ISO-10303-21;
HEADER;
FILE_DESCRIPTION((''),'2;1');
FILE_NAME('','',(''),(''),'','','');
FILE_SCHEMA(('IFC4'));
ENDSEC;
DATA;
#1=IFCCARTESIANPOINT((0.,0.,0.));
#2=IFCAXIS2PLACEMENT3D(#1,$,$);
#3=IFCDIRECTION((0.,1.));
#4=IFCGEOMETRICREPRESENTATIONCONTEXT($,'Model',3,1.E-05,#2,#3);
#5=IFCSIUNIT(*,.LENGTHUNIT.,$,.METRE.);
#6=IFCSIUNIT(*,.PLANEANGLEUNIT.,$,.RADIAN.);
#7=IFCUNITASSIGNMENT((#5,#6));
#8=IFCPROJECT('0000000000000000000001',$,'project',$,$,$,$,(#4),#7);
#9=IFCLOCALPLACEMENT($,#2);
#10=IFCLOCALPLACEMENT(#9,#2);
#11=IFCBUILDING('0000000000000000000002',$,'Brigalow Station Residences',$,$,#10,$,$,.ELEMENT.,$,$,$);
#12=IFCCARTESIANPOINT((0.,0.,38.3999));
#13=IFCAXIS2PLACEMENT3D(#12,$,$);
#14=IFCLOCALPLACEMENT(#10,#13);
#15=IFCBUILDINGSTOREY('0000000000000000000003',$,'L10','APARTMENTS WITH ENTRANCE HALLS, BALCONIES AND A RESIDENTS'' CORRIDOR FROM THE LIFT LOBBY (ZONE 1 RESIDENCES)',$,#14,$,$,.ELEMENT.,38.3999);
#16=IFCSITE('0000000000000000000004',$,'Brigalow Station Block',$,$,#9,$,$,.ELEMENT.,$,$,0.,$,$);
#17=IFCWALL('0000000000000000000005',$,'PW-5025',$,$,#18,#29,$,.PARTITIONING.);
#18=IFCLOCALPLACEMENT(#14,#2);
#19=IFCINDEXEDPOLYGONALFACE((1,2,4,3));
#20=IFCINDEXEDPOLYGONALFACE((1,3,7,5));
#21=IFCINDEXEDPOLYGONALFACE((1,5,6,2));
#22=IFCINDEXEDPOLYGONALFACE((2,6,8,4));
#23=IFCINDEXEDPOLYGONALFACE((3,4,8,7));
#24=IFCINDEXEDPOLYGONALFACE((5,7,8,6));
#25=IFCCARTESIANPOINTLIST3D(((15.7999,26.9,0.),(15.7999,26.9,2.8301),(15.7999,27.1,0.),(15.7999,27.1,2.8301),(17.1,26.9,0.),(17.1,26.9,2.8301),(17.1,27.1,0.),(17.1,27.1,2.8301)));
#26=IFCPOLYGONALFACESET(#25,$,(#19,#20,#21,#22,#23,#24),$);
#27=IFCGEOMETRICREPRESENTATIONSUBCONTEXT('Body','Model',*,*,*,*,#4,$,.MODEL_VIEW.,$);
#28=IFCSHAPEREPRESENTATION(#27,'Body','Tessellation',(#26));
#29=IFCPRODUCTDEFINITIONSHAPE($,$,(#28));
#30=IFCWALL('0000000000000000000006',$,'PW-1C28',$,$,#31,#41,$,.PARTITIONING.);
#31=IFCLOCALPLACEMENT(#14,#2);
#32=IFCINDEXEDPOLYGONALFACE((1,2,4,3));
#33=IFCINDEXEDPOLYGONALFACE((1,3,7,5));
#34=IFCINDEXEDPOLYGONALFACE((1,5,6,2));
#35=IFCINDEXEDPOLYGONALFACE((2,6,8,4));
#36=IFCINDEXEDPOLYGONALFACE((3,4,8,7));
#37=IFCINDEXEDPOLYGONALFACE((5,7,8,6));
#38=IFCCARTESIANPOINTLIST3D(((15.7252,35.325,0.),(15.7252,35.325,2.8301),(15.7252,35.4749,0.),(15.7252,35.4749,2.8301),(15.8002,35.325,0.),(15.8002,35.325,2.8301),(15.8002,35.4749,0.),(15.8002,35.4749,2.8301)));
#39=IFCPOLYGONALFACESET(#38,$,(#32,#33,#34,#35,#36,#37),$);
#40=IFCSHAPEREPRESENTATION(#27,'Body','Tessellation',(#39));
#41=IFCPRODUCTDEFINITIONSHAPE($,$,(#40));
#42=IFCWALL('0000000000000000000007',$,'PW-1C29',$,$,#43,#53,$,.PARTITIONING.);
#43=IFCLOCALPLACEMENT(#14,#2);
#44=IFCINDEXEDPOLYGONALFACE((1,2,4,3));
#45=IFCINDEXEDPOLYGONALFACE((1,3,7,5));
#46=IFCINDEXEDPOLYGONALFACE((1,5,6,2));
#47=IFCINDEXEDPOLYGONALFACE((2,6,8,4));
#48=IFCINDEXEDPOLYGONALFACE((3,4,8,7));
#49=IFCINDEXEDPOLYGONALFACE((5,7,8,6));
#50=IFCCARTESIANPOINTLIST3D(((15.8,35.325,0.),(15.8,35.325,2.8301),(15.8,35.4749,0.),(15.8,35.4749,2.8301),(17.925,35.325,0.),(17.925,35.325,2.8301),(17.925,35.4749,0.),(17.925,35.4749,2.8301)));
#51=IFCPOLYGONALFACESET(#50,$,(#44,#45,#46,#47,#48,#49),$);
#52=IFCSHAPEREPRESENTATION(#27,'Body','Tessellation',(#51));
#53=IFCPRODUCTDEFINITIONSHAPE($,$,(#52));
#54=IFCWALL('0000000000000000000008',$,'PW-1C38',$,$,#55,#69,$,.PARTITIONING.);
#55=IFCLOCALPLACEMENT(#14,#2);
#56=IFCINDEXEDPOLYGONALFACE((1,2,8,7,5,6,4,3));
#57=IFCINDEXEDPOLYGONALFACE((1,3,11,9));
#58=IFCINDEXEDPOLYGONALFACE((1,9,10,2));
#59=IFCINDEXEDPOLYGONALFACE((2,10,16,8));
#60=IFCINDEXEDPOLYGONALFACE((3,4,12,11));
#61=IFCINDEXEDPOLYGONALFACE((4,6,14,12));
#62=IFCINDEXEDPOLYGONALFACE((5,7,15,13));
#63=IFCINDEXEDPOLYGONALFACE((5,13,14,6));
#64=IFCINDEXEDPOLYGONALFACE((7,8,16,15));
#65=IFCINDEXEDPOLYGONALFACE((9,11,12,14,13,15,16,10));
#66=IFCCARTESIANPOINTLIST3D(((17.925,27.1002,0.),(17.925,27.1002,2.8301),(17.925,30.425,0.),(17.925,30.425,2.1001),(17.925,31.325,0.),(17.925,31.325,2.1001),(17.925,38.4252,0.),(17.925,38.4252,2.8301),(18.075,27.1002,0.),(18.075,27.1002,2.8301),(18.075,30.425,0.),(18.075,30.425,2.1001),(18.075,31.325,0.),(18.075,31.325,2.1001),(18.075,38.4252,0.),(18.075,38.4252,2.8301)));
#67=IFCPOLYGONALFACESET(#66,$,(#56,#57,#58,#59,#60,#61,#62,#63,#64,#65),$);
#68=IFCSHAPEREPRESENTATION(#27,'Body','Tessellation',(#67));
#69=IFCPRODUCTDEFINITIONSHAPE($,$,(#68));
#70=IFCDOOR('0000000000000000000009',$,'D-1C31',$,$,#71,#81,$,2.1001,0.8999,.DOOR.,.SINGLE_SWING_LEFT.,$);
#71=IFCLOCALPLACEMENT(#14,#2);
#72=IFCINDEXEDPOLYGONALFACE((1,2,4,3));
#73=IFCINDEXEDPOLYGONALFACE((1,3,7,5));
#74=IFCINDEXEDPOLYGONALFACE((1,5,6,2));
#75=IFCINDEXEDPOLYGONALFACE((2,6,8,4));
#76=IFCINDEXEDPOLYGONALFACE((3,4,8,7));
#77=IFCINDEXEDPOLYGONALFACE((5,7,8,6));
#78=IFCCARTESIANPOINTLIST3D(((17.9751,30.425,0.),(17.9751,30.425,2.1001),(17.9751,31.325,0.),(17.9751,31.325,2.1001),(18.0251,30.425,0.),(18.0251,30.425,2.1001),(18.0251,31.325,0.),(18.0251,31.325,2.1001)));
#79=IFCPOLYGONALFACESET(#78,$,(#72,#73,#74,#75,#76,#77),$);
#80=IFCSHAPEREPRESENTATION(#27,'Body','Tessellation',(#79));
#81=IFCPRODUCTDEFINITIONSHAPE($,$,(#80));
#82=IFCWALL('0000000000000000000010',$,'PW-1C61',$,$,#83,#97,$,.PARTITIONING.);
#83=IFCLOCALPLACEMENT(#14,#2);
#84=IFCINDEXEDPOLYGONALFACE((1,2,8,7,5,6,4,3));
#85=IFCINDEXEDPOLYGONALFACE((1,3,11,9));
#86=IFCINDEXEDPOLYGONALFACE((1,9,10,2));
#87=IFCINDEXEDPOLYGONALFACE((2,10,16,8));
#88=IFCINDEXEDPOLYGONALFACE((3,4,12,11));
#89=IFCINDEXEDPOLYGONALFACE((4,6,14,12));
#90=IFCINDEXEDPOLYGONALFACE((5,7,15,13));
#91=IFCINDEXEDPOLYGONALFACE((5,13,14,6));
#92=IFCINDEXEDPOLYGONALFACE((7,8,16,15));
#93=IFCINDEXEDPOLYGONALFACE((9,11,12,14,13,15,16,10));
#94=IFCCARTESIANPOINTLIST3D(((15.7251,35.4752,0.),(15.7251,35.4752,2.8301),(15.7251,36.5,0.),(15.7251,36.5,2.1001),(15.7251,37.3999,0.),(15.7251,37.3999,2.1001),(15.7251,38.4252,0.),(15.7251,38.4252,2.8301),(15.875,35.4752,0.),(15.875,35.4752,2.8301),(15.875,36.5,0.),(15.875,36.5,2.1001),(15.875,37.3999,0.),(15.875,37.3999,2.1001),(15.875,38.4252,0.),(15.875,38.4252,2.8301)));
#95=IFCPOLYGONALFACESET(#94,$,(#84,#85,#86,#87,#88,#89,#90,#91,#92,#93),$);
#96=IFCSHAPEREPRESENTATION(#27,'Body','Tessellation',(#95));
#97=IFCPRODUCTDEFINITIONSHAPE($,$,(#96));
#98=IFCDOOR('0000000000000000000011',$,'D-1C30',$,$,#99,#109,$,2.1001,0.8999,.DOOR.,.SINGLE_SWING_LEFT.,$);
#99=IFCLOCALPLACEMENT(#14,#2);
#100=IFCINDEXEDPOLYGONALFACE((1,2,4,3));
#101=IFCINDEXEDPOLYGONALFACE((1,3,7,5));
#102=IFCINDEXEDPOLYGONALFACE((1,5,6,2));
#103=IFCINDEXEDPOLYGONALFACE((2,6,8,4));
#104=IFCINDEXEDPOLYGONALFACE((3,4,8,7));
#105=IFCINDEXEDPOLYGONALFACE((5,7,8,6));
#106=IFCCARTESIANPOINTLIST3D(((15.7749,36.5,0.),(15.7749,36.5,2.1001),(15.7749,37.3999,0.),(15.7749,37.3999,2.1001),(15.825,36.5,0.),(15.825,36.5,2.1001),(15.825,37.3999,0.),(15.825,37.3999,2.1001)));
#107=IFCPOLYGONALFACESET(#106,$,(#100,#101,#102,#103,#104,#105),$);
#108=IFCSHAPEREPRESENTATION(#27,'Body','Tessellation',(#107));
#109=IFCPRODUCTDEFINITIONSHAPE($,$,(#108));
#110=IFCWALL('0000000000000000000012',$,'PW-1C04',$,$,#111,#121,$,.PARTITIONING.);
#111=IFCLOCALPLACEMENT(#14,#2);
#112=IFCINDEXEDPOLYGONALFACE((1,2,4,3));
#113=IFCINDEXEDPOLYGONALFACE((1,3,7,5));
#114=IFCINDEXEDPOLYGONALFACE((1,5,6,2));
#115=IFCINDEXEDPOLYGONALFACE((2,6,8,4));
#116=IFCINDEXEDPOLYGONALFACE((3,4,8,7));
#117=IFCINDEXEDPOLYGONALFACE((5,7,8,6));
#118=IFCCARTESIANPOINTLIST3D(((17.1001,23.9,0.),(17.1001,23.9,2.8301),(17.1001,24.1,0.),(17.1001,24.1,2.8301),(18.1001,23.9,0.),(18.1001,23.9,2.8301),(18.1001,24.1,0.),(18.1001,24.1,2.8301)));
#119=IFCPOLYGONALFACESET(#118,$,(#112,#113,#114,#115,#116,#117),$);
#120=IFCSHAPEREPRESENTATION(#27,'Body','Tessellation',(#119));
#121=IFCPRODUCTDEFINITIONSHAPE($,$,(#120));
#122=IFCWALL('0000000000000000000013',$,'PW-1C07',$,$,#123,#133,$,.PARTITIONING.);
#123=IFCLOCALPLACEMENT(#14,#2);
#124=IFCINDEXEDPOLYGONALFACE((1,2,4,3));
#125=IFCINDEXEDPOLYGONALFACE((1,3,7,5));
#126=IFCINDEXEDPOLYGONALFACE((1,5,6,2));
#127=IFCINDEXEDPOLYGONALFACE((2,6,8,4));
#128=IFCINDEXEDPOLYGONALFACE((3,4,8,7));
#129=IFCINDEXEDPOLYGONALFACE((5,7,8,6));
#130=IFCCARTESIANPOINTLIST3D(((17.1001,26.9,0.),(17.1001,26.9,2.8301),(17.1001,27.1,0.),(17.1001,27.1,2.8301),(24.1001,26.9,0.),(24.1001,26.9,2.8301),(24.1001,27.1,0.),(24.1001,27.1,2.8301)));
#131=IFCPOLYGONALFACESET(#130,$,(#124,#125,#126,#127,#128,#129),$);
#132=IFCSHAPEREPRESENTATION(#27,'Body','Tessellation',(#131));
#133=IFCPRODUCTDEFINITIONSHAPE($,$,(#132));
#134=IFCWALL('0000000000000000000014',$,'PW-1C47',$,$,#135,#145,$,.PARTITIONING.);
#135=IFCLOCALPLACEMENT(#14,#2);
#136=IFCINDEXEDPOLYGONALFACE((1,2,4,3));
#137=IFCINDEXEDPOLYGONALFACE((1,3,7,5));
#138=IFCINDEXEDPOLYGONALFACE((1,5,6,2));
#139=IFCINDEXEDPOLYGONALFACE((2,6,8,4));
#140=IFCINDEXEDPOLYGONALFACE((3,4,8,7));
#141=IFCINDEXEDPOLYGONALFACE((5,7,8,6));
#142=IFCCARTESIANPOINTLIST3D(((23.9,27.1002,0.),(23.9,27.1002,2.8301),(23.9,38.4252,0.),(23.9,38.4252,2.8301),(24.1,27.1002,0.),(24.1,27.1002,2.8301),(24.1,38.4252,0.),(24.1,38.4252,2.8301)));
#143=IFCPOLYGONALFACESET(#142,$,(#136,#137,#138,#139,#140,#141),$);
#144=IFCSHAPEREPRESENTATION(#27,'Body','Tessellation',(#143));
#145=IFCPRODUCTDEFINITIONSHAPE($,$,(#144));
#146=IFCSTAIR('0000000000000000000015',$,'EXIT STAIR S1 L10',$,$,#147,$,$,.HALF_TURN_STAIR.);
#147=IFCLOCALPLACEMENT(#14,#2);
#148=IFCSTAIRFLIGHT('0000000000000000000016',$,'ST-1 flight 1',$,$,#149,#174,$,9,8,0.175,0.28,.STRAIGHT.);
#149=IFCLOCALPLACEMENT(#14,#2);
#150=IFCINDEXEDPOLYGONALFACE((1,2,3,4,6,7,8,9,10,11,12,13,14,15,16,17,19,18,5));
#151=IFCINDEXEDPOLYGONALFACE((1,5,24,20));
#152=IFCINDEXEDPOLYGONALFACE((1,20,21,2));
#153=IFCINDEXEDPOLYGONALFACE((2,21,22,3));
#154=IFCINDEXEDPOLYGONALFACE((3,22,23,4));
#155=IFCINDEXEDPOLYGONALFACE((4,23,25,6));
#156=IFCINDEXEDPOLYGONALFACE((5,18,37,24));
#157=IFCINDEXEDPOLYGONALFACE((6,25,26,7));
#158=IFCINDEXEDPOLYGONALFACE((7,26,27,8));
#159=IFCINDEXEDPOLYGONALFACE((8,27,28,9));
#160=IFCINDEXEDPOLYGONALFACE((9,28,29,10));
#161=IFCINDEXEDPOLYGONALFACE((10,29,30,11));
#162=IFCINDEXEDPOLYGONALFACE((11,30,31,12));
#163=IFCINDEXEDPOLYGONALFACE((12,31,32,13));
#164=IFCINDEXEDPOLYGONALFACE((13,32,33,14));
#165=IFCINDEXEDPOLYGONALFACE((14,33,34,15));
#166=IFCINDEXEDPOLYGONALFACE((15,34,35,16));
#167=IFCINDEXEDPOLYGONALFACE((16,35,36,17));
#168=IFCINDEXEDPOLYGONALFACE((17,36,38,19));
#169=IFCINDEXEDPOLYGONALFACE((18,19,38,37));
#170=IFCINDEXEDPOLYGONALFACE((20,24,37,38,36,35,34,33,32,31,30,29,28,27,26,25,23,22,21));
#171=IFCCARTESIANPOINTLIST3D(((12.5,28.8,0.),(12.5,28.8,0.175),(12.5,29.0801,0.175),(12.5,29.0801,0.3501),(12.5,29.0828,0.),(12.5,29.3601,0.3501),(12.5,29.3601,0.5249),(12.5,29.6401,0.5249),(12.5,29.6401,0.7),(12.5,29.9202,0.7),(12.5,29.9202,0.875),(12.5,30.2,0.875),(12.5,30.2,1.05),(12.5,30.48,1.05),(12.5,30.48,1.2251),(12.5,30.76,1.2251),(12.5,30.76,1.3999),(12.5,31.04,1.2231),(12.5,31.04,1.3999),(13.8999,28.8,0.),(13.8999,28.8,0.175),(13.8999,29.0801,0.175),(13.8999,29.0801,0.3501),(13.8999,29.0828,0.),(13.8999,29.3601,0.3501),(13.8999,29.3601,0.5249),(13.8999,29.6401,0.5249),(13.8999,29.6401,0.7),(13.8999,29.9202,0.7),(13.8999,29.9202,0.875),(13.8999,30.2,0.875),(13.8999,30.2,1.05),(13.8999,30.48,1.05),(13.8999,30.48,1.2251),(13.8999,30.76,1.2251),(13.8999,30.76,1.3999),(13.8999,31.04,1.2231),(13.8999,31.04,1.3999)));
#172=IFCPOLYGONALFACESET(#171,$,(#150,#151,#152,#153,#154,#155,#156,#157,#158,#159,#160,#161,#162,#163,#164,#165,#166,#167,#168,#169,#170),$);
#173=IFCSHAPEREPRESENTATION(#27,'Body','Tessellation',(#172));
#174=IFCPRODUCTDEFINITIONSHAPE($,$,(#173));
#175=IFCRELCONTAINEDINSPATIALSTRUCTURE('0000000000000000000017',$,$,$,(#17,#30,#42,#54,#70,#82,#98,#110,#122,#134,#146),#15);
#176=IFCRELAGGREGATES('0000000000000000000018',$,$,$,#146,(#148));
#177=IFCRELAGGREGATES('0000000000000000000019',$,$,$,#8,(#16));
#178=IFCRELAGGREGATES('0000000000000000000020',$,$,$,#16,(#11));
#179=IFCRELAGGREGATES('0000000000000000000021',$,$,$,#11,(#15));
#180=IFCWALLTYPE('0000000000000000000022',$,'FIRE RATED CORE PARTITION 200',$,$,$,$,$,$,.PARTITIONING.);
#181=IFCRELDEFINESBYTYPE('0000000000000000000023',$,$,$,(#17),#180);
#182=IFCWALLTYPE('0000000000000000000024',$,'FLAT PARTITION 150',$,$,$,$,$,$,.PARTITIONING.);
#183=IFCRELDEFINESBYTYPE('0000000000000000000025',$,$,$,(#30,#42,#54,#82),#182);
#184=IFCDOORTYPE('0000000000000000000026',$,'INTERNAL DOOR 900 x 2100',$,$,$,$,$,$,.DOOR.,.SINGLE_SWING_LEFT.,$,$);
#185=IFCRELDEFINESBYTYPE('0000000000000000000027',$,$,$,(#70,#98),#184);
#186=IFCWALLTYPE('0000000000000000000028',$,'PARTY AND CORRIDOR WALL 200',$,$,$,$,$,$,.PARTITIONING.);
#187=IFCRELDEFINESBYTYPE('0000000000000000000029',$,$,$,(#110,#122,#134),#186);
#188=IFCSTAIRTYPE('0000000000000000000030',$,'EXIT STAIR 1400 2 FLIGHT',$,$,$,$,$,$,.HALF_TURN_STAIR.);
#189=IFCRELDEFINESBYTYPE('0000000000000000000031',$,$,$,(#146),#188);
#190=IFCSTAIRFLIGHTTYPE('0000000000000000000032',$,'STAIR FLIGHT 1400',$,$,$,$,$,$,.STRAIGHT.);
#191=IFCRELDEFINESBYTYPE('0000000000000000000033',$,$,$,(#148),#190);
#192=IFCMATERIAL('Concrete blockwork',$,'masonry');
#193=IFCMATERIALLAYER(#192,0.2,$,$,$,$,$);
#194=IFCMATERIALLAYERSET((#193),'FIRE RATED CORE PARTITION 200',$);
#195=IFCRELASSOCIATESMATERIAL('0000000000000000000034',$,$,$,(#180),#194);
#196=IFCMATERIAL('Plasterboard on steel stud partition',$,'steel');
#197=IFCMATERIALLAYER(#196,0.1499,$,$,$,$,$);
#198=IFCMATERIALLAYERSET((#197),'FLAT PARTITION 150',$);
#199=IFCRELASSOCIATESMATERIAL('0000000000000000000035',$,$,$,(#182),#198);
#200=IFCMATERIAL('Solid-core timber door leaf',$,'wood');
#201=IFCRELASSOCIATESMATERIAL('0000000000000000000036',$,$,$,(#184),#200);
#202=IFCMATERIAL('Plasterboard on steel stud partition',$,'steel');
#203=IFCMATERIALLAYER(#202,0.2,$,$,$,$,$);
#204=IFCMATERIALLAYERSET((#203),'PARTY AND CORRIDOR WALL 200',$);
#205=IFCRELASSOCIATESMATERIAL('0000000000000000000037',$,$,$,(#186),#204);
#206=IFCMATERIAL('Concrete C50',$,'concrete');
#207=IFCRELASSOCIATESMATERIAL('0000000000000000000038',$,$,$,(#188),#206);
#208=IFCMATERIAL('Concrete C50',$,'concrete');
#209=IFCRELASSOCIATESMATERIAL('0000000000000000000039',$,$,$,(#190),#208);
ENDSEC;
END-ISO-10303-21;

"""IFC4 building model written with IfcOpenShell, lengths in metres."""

from ifc_helpers import new_model, si_unit, direction, frame, frame_2d, origin, place, context, subcontext, project, spatial, polyline, rectangle, outline, extrude, material, layer, layer_set, type_object, element, fill, aggregate, save


model = new_model("IFC4")

# Units and contexts
model_context = context("Model", 3, precision=1e-05, world=origin(), true_north=direction((0.0, 1.0)))
body_context = subcontext(model_context, "Body", "Model", "MODEL_VIEW")
ifc_project = project(units=[si_unit("LENGTHUNIT", "METRE"), si_unit("PLANEANGLEUNIT", "RADIAN")], contexts=[model_context])

# Site, building, storey
site_placement = place(None, origin())
site = spatial("IfcSite", under=ifc_project, at=site_placement, Name="Brigalow Station Block", CompositionType="ELEMENT", RefElevation=0.0)
building_placement = place(site_placement, origin())
building = spatial("IfcBuilding", under=site, at=building_placement, Name="Brigalow Station Residences", CompositionType="ELEMENT")
storey_placement = place(building_placement, frame((0.0, 0.0, 38.3999)))
storey = spatial("IfcBuildingStorey", under=building, at=storey_placement, Name="L10", Description="APARTMENTS WITH ENTRANCE HALLS, BALCONIES AND A RESIDENTS' CORRIDOR FROM THE LIFT LOBBY (ZONE 1 RESIDENCES)", CompositionType="ELEMENT", Elevation=38.3999)

# Walls
ifc_material_1 = material(Name="Concrete blockwork", Category="masonry")
ifc_layer_1 = layer(ifc_material_1, 0.2)
ifc_layer_set_1 = layer_set([ifc_layer_1], Name="FIRE RATED CORE PARTITION 200")
wall_type_1 = type_object("IfcWallType", Name="FIRE RATED CORE PARTITION 200", PredefinedType="PARTITIONING", material=ifc_layer_set_1)
wall_1_placement = place(storey_placement, frame((15.8, 27.0, 0.0), z_axis=(0.0, 0.0, 1.0), x_axis=(1.0, 0.0, 0.0)))
element("IfcWall", 1, at=wall_1_placement, inside=storey, type_object=wall_type_1, Name="PW-5025", PredefinedType="PARTITIONING", context=body_context, shape_type="SweptSolid", body=[
    extrude(rectangle(XDim=1.3, YDim=0.2, at=frame_2d((0.6499, 0.0))), origin(), (0.0, 0.0, 1.0), 2.8301),
])
ifc_material_2 = material(Name="Plasterboard on steel stud partition", Category="steel")
ifc_layer_2 = layer(ifc_material_2, 0.1499)
ifc_layer_set_2 = layer_set([ifc_layer_2], Name="FLAT PARTITION 150")
wall_type_2 = type_object("IfcWallType", Name="FLAT PARTITION 150", PredefinedType="PARTITIONING", material=ifc_layer_set_2)
wall_2_placement = place(storey_placement, frame((15.7251, 35.3999, 0.0), z_axis=(0.0, 0.0, 1.0), x_axis=(1.0, 0.0, 0.0)))
element("IfcWall", 2, at=wall_2_placement, inside=storey, type_object=wall_type_2, Name="PW-1C28", PredefinedType="PARTITIONING", context=body_context, shape_type="SweptSolid", body=[
    extrude(rectangle(XDim=0.075, YDim=0.1499, at=frame_2d((0.0376, 0.0))), origin(), (0.0, 0.0, 1.0), 2.8301),
])
wall_3_placement = place(storey_placement, frame((15.8, 35.3999, 0.0), z_axis=(0.0, 0.0, 1.0), x_axis=(1.0, 0.0, 0.0)))
element("IfcWall", 3, at=wall_3_placement, inside=storey, type_object=wall_type_2, Name="PW-1C29", PredefinedType="PARTITIONING", context=body_context, shape_type="SweptSolid", body=[
    extrude(rectangle(XDim=2.125, YDim=0.1499, at=frame_2d((1.0625, 0.0))), origin(), (0.0, 0.0, 1.0), 2.8301),
])

# Walls, openings, doors
wall_4_placement = place(storey_placement, frame((18.0, 27.1001, 0.0), z_axis=(0.0, 0.0, 1.0), x_axis=(0.0, 1.0, 0.0)))
wall_4 = element("IfcWall", 4, at=wall_4_placement, inside=storey, type_object=wall_type_2, Name="PW-1C38", PredefinedType="PARTITIONING", context=body_context, shape_type="SweptSolid", body=[
    extrude(rectangle(XDim=11.325, YDim=0.1499, at=frame_2d((5.6626, 0.0))), origin(), (0.0, 0.0, 1.0), 2.8301),
])
opening_1_placement = place(wall_4_placement, frame((3.325, 0.0, 0.0)))
opening_1 = element("IfcOpeningElement", 5, at=opening_1_placement, cuts=wall_4, PredefinedType="OPENING", context=body_context, shape_type="SweptSolid", body=[
    extrude(rectangle(XDim=0.8999, YDim=2.1001, at=frame_2d((0.45, 1.05))), frame((0.0, 0.085, 0.0), z_axis=(0.0, -1.0, 0.0), x_axis=(1.0, 0.0, 0.0)), (0.0, 0.0, 1.0), 0.1699),
])
ifc_material_3 = material(Name="Solid-core timber door leaf", Category="wood")
door_type = type_object("IfcDoorType", Name="INTERNAL DOOR 900 x 2100", OperationType="SINGLE_SWING_LEFT", PredefinedType="DOOR", material=ifc_material_3)
door_1_placement = place(opening_1_placement, origin())
door_1 = element("IfcDoor", 6, at=door_1_placement, inside=storey, type_object=door_type, Name="D-1C31", OperationType="SINGLE_SWING_LEFT", OverallHeight=2.1001, OverallWidth=0.8999, PredefinedType="DOOR", context=body_context, shape_type="SweptSolid", body=[
    extrude(rectangle(XDim=0.8999, YDim=2.1001, at=frame_2d((0.45, 1.05))), frame((0.0, 0.0249, 0.0), z_axis=(0.0, -1.0, 0.0), x_axis=(1.0, 0.0, 0.0)), (0.0, 0.0, 1.0), 0.05),
])
fill(opening_1, door_1)
wall_5_placement = place(storey_placement, frame((15.8, 35.4751, 0.0), z_axis=(0.0, 0.0, 1.0), x_axis=(0.0, 1.0, 0.0)))
wall_5 = element("IfcWall", 7, at=wall_5_placement, inside=storey, type_object=wall_type_2, Name="PW-1C61", PredefinedType="PARTITIONING", context=body_context, shape_type="SweptSolid", body=[
    extrude(rectangle(XDim=2.95, YDim=0.1499, at=frame_2d((1.4751, 0.0))), origin(), (0.0, 0.0, 1.0), 2.8301),
])
opening_2_placement = place(wall_5_placement, frame((1.0249, 0.0, 0.0)))
opening_2 = element("IfcOpeningElement", 8, at=opening_2_placement, cuts=wall_5, PredefinedType="OPENING", context=body_context, shape_type="SweptSolid", body=[
    extrude(rectangle(XDim=0.8999, YDim=2.1001, at=frame_2d((0.45, 1.05))), frame((0.0, 0.085, 0.0), z_axis=(0.0, -1.0, 0.0), x_axis=(1.0, 0.0, 0.0)), (0.0, 0.0, 1.0), 0.1699),
])
door_2_placement = place(opening_2_placement, frame((0.8999, 0.0, 0.0), z_axis=(0.0, 0.0, 1.0), x_axis=(-1.0, 0.0, 0.0)))
door_2 = element("IfcDoor", 9, at=door_2_placement, inside=storey, type_object=door_type, Name="D-1C30", OperationType="SINGLE_SWING_LEFT", OverallHeight=2.1001, OverallWidth=0.8999, PredefinedType="DOOR", context=body_context, shape_type="SweptSolid", body=[
    extrude(rectangle(XDim=0.8999, YDim=2.1001, at=frame_2d((0.45, 1.05))), frame((0.0, 0.0249, 0.0), z_axis=(0.0, -1.0, 0.0), x_axis=(1.0, 0.0, 0.0)), (0.0, 0.0, 1.0), 0.05),
])
fill(opening_2, door_2)

# Walls
ifc_material_4 = material(Name="Plasterboard on steel stud partition", Category="steel")
ifc_layer_3 = layer(ifc_material_4, 0.2)
ifc_layer_set_3 = layer_set([ifc_layer_3], Name="PARTY AND CORRIDOR WALL 200")
wall_type_3 = type_object("IfcWallType", Name="PARTY AND CORRIDOR WALL 200", PredefinedType="PARTITIONING", material=ifc_layer_set_3)
wall_6_placement = place(storey_placement, frame((17.1001, 24.0, 0.0), z_axis=(0.0, 0.0, 1.0), x_axis=(1.0, 0.0, 0.0)))
element("IfcWall", 10, at=wall_6_placement, inside=storey, type_object=wall_type_3, Name="PW-1C04", PredefinedType="PARTITIONING", context=body_context, shape_type="SweptSolid", body=[
    extrude(rectangle(XDim=1.0, YDim=0.2, at=frame_2d((0.5, 0.0))), origin(), (0.0, 0.0, 1.0), 2.8301),
])
wall_7_placement = place(storey_placement, frame((17.1001, 27.0, 0.0), z_axis=(0.0, 0.0, 1.0), x_axis=(1.0, 0.0, 0.0)))
element("IfcWall", 11, at=wall_7_placement, inside=storey, type_object=wall_type_3, Name="PW-1C07", PredefinedType="PARTITIONING", context=body_context, shape_type="SweptSolid", body=[
    extrude(rectangle(XDim=7.0, YDim=0.2, at=frame_2d((3.5, 0.0))), origin(), (0.0, 0.0, 1.0), 2.8301),
])
wall_8_placement = place(storey_placement, frame((24.0, 27.1001, 0.0), z_axis=(0.0, 0.0, 1.0), x_axis=(0.0, 1.0, 0.0)))
element("IfcWall", 12, at=wall_8_placement, inside=storey, type_object=wall_type_3, Name="PW-1C47", PredefinedType="PARTITIONING", context=body_context, shape_type="SweptSolid", body=[
    extrude(rectangle(XDim=11.325, YDim=0.2, at=frame_2d((5.6626, 0.0))), origin(), (0.0, 0.0, 1.0), 2.8301),
])

# Stair, stair flight
ifc_material_5 = material(Name="Concrete C50", Category="concrete")
stair_type = type_object("IfcStairType", Name="EXIT STAIR 1400 2 FLIGHT", PredefinedType="HALF_TURN_STAIR", material=ifc_material_5)
stair_placement = place(storey_placement, origin())
stair = element("IfcStair", 13, at=stair_placement, inside=storey, type_object=stair_type, Name="EXIT STAIR S1 L10", PredefinedType="HALF_TURN_STAIR")
ifc_material_6 = material(Name="Concrete C50", Category="concrete")
stair_flight_type = type_object("IfcStairFlightType", Name="STAIR FLIGHT 1400", PredefinedType="STRAIGHT", material=ifc_material_6)
stair_flight_1_placement = place(storey_placement, frame((13.2, 28.8, 0.0), z_axis=(0.0, 0.0, 1.0), x_axis=(0.0, 1.0, 0.0)))
stair_flight_1 = element("IfcStairFlight", 14, at=stair_flight_1_placement, type_object=stair_flight_type, Name="ST-1 flight 1", NumberOfRisers=9, NumberOfTreads=8, PredefinedType="STRAIGHT", RiserHeight=0.175, TreadLength=0.28, context=body_context, shape_type="SweptSolid", body=[
    extrude(outline(polyline([(0.0, 0.0), (0.0, 0.175), (0.28, 0.175), (0.28, 0.3501), (0.5601, 0.3501), (0.5601, 0.5249), (0.8401, 0.5249), (0.8401, 0.7), (1.1201, 0.7), (1.1201, 0.875), (1.3999, 0.875), (1.3999, 1.05), (1.6799, 1.05), (1.6799, 1.2251), (1.96, 1.2251), (1.96, 1.3999), (2.24, 1.3999), (2.24, 1.575), (2.24, 1.2231), (0.2827, 0.0), (0.0, 0.0)])), frame((0.0, 0.7, 0.0), z_axis=(0.0, -1.0, 0.0), x_axis=(1.0, 0.0, 0.0)), (0.0, 0.0, 1.0), 1.3999),
])
aggregate(stair, [stair_flight_1])

save(model, "model.ifc")
